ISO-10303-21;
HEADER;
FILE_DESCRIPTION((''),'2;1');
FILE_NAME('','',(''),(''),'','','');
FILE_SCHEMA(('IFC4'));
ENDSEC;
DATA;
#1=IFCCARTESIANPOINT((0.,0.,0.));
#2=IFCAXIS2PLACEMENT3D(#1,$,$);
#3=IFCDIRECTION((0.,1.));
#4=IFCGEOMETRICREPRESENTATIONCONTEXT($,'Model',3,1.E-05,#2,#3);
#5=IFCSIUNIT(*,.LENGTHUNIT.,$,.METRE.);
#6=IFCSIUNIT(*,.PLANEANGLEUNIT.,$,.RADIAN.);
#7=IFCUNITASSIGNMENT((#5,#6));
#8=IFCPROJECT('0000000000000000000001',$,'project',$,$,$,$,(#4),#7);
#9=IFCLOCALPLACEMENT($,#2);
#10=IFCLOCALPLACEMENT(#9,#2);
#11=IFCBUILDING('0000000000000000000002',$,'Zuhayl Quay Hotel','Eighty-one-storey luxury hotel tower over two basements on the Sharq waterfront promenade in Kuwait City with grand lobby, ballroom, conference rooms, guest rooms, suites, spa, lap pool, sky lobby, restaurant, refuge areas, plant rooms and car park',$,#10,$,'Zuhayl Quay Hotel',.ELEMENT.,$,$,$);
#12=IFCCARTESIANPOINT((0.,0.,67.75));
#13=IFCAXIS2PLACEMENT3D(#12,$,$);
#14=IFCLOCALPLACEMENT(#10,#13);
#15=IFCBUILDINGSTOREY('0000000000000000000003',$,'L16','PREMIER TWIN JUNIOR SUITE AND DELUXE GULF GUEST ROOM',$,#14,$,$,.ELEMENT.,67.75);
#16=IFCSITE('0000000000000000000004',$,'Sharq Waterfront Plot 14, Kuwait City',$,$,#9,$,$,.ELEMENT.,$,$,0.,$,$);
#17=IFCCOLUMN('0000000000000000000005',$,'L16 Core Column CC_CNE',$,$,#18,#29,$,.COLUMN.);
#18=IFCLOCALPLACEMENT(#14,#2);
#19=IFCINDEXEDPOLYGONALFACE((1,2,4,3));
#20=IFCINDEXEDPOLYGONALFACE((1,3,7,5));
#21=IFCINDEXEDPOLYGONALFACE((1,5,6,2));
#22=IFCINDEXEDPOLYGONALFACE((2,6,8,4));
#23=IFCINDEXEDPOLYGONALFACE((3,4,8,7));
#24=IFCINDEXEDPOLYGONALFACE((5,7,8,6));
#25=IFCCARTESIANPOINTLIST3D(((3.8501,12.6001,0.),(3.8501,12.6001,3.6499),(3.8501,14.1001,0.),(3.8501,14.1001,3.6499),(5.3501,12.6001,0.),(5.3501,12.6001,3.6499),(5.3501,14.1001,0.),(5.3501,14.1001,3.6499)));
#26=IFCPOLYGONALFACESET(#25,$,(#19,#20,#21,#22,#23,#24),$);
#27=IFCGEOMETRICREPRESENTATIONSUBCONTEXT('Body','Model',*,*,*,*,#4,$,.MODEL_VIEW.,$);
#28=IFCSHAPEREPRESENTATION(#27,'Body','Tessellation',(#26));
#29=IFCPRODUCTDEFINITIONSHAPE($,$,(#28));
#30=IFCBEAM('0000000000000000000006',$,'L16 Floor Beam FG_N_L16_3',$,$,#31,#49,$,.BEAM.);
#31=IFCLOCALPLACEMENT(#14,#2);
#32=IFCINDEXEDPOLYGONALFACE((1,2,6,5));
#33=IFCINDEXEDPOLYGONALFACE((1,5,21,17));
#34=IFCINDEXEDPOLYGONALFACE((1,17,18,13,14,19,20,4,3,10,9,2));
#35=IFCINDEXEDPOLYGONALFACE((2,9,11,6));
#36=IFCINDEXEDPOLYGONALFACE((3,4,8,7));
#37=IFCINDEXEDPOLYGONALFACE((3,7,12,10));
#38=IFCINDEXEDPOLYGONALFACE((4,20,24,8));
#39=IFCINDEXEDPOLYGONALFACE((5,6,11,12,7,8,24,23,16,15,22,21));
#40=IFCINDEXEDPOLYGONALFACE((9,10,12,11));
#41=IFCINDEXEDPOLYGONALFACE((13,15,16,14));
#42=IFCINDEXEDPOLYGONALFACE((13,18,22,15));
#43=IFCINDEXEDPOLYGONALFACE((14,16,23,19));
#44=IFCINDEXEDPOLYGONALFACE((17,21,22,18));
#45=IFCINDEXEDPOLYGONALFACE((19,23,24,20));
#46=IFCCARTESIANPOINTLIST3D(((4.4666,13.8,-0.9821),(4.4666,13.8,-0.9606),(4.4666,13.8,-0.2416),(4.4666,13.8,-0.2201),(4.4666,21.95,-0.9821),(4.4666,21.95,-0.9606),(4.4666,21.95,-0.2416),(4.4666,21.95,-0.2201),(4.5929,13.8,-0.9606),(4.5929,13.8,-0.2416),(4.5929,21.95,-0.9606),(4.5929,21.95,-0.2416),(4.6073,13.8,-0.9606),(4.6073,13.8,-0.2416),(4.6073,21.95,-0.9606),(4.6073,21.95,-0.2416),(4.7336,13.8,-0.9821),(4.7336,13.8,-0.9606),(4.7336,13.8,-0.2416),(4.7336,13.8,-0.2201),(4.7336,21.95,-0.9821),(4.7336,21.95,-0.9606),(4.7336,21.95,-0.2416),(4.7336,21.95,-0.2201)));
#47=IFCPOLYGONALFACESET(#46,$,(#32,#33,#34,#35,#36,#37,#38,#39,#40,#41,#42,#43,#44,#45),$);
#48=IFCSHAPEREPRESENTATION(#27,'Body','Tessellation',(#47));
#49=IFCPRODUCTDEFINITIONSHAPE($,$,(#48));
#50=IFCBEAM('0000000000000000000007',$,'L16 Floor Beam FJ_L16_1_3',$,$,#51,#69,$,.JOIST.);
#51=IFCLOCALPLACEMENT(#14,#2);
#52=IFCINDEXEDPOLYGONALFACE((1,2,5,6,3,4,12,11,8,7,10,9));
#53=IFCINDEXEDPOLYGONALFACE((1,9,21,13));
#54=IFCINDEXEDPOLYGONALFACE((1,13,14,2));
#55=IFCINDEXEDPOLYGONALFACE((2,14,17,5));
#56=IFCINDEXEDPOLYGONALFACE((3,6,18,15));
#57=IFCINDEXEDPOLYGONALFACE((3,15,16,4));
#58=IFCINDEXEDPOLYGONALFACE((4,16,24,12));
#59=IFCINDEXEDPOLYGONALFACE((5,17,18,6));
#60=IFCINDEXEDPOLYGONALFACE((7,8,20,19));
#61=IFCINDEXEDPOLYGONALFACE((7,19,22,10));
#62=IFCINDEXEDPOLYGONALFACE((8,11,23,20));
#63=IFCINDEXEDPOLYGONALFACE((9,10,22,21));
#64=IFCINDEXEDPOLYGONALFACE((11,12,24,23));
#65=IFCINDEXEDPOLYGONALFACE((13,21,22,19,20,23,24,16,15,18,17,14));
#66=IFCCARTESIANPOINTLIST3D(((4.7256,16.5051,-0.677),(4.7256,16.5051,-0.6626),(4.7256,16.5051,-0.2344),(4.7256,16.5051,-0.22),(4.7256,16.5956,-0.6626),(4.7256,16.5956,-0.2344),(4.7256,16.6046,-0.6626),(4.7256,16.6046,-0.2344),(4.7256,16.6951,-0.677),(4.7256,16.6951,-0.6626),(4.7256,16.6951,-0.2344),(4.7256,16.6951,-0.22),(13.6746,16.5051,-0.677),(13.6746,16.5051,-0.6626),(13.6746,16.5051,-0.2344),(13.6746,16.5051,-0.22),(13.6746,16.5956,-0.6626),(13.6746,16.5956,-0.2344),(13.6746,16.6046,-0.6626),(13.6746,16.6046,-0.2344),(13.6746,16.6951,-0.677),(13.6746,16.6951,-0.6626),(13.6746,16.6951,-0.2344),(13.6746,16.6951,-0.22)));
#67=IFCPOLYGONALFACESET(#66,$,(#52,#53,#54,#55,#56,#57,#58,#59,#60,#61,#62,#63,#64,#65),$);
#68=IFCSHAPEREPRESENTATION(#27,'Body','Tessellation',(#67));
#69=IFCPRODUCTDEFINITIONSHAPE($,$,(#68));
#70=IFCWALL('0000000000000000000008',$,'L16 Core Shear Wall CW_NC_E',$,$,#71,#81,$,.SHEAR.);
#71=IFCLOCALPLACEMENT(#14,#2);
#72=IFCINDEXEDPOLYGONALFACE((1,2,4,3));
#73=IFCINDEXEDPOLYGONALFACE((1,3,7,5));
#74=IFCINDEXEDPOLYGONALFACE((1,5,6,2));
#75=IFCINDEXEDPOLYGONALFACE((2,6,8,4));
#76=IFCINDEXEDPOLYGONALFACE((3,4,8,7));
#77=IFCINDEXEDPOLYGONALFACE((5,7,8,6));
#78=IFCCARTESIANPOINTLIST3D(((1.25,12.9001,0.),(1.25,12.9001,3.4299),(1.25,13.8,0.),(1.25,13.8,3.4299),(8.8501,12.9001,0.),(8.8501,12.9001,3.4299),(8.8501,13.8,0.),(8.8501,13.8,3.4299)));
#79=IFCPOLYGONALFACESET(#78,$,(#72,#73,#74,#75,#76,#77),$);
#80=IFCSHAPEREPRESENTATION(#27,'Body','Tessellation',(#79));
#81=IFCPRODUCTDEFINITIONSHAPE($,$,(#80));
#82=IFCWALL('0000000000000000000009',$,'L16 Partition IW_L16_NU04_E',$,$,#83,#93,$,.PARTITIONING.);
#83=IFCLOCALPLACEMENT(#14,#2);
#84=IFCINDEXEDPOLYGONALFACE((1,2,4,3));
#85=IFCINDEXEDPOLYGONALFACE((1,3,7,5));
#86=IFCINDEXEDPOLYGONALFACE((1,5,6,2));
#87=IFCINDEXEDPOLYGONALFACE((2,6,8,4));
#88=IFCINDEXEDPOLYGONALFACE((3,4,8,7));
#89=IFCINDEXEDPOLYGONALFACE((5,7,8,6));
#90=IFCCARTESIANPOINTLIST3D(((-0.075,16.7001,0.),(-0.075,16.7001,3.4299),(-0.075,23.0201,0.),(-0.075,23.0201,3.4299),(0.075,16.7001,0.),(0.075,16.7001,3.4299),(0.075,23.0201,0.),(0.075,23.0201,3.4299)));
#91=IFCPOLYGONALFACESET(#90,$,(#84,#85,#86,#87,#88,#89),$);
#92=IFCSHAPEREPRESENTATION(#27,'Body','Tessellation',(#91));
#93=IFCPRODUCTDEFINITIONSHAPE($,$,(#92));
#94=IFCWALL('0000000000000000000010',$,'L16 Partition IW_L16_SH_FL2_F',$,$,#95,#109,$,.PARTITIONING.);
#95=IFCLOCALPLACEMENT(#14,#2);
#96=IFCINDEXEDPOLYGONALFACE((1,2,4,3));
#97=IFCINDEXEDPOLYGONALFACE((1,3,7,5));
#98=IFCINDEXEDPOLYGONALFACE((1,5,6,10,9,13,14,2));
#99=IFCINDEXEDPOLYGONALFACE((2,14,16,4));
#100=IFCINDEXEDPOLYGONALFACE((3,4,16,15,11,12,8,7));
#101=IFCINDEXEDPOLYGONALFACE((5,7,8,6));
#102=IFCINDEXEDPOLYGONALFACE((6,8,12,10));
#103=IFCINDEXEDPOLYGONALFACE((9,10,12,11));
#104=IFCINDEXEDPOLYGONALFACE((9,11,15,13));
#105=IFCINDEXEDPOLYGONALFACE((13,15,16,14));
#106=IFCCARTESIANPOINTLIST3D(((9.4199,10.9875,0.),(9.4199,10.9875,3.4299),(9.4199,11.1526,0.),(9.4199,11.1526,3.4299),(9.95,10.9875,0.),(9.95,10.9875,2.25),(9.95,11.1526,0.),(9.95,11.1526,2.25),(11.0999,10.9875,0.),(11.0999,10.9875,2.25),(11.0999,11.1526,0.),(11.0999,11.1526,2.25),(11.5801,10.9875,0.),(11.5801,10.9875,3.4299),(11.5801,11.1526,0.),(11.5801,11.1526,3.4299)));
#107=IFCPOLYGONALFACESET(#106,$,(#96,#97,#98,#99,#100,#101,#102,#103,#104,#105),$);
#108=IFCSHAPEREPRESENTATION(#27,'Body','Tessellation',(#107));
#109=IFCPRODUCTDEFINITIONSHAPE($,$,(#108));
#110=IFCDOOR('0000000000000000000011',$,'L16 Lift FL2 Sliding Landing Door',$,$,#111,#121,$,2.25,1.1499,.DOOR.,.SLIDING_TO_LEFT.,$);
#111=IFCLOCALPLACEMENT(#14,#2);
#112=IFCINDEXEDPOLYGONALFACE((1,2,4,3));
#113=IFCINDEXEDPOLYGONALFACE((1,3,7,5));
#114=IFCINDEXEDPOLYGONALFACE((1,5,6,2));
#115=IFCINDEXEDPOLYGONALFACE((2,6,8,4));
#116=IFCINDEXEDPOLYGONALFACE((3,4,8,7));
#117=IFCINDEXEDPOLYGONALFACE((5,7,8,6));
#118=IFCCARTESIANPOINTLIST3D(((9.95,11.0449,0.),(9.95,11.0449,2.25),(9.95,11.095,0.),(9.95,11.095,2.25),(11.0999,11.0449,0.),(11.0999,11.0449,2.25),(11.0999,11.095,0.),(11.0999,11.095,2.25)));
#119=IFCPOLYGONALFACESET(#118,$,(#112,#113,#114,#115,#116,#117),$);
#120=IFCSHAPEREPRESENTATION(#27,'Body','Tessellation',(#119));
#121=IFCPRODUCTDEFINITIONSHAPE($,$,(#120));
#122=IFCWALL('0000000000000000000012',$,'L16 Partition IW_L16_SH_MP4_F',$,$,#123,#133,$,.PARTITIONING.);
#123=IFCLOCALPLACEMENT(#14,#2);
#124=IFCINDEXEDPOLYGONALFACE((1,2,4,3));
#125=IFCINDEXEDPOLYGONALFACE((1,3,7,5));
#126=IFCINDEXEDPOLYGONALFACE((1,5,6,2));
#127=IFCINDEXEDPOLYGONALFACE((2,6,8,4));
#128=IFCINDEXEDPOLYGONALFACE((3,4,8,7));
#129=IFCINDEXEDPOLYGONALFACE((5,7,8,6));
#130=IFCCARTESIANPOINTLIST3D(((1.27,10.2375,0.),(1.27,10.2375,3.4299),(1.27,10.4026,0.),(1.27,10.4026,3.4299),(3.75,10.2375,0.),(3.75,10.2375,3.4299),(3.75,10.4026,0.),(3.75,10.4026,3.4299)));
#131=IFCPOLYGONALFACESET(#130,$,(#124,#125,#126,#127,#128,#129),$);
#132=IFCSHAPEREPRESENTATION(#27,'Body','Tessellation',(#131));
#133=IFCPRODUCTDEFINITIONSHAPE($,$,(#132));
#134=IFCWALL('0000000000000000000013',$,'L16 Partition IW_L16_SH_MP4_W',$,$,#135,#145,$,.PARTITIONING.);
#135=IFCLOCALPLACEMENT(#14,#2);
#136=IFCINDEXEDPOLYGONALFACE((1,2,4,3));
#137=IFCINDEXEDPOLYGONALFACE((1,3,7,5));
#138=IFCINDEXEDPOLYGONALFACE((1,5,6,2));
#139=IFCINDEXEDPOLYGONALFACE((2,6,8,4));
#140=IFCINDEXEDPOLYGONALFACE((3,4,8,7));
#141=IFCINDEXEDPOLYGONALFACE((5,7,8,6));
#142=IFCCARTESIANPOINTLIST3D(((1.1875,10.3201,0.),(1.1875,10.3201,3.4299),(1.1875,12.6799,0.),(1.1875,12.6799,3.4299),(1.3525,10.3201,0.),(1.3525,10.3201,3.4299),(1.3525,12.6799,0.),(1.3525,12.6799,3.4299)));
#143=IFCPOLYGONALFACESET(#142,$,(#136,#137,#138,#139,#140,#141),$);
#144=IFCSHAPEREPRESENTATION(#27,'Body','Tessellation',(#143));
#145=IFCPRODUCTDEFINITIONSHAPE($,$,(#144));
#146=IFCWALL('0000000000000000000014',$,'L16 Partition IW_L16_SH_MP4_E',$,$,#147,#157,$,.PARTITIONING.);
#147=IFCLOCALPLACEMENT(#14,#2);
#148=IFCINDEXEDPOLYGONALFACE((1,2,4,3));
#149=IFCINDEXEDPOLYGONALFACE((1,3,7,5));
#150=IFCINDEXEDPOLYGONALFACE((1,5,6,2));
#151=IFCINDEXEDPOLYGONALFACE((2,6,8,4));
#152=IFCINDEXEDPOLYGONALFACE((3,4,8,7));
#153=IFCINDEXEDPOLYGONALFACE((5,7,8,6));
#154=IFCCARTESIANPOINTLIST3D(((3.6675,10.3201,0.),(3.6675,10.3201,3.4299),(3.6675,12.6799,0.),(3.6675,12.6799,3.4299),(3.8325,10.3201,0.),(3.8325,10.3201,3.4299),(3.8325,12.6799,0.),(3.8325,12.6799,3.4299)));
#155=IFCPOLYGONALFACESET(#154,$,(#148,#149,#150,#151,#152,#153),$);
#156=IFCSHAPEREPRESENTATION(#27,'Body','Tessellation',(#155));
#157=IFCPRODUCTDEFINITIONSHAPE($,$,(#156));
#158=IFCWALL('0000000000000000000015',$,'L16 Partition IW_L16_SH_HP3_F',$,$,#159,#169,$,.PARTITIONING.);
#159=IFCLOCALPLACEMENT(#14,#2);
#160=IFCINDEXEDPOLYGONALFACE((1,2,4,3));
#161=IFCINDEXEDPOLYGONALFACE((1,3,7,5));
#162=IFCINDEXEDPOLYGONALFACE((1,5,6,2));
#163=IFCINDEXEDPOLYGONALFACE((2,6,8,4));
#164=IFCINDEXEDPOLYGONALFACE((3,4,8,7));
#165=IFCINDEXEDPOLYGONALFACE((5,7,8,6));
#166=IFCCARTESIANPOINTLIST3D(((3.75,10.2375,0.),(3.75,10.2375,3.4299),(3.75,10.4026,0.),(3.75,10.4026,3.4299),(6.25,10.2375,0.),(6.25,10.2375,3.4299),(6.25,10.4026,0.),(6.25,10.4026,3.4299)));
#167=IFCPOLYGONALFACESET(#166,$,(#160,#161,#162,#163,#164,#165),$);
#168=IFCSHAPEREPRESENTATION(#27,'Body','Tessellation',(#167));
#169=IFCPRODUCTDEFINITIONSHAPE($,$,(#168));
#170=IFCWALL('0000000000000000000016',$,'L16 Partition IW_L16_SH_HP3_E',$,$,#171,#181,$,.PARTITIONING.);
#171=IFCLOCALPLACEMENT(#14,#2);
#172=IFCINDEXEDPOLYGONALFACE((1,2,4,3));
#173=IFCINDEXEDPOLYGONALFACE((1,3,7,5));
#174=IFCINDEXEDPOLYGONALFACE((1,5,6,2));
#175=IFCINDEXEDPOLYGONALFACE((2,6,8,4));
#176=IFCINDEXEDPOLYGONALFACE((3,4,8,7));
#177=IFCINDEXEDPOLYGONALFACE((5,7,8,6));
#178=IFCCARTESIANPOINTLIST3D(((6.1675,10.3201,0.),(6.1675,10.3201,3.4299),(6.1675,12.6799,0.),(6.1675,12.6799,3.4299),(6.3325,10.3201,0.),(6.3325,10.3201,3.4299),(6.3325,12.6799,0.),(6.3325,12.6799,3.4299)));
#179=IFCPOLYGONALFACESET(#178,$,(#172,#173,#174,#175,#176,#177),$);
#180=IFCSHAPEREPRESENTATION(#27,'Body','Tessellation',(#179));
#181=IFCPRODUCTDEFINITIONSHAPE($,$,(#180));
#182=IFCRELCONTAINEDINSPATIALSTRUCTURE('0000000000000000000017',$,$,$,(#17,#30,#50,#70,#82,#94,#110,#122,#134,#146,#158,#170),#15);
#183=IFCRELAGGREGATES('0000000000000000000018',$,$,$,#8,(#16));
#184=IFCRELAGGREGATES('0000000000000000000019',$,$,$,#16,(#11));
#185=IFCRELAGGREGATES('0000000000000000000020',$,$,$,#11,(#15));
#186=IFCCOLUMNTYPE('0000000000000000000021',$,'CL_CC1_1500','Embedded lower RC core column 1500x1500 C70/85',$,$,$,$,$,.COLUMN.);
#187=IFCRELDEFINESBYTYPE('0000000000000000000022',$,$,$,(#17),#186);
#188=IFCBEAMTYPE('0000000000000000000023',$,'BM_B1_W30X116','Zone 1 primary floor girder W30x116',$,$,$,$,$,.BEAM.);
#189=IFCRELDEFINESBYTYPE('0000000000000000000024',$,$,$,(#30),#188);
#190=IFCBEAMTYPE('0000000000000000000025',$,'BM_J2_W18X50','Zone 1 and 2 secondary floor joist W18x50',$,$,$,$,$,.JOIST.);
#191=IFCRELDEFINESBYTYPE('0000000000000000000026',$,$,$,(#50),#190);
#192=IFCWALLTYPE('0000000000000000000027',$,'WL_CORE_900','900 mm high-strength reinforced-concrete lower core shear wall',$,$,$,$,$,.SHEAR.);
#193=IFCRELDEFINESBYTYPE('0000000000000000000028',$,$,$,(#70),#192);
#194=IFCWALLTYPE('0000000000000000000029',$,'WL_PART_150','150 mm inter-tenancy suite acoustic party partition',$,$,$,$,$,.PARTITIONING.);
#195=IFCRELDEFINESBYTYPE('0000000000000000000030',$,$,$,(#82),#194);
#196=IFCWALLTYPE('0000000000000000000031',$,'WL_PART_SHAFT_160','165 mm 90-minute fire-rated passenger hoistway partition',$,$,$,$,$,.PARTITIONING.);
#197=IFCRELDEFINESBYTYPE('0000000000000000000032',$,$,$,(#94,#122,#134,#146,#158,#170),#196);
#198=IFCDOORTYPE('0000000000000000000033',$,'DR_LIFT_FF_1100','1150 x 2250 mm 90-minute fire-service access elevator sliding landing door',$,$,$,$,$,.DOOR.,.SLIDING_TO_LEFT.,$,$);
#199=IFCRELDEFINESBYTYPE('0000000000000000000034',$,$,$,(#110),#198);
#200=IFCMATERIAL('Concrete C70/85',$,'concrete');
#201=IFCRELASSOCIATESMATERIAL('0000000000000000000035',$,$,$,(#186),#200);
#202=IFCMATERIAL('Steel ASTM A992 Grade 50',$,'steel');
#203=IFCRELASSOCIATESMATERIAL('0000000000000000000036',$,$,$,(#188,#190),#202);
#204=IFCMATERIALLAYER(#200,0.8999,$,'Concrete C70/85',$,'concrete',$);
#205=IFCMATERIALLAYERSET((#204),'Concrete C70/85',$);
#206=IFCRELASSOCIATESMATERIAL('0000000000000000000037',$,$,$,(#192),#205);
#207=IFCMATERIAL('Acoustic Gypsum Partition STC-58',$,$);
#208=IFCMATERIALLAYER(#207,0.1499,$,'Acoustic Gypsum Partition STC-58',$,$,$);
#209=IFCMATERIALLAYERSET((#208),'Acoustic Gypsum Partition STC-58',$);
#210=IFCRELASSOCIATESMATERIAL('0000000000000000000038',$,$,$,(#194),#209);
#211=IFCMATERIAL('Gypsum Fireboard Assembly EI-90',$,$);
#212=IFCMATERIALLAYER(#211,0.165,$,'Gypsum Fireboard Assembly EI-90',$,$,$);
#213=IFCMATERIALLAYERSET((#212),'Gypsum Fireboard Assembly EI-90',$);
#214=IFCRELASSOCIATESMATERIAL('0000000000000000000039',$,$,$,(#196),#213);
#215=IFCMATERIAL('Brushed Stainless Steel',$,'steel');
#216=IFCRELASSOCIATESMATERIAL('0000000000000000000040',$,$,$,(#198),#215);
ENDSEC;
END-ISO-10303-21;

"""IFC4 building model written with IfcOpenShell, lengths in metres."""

from ifc_helpers import new_model, si_unit, direction, frame, frame_2d, origin, origin_2d, place, context, subcontext, project, spatial, rectangle, i_section, extrude, material, layer, layer_set, material_profile, profile_set, type_object, element, fill, save


model = new_model("IFC4")

# Units and contexts
model_context = context("Model", 3, precision=1e-05, world=origin(), true_north=direction((0.0, 1.0)))
body_context = subcontext(model_context, "Body", "Model", "MODEL_VIEW")
ifc_project = project(units=[si_unit("LENGTHUNIT", "METRE"), si_unit("PLANEANGLEUNIT", "RADIAN")], contexts=[model_context])

# Site, building, storey
site_placement = place(None, origin())
site = spatial("IfcSite", under=ifc_project, at=site_placement, Name="Sharq Waterfront Plot 14, Kuwait City", CompositionType="ELEMENT", RefElevation=0.0)
building_placement = place(site_placement, origin())
building = spatial("IfcBuilding", under=site, at=building_placement, Name="Zuhayl Quay Hotel", Description="Eighty-one-storey luxury hotel tower over two basements on the Sharq waterfront promenade in Kuwait City with grand lobby, ballroom, conference rooms, guest rooms, suites, spa, lap pool, sky lobby, restaurant, refuge areas, plant rooms and car park", LongName="Zuhayl Quay Hotel", CompositionType="ELEMENT")
storey_placement = place(building_placement, frame((0.0, 0.0, 67.75)))
storey = spatial("IfcBuildingStorey", under=building, at=storey_placement, Name="L16", Description="PREMIER TWIN JUNIOR SUITE AND DELUXE GULF GUEST ROOM", CompositionType="ELEMENT", Elevation=67.75)

# Column
ifc_material_1 = material(Name="Concrete C70/85", Category="concrete")
ifc_material_profile_1 = material_profile(ifc_material_1, rectangle(XDim=1.5, YDim=1.5, at=origin_2d()), Name="RC1500X1500")
ifc_profile_set_1 = profile_set([ifc_material_profile_1], Name="Concrete C70/85")
column_type = type_object("IfcColumnType", Name="CL_CC1_1500", Description="Embedded lower RC core column 1500x1500 C70/85", PredefinedType="COLUMN", material=ifc_profile_set_1)
column_placement = place(storey_placement, frame((4.6001, 13.3501, 0.0), z_axis=(0.0, 0.0, 1.0), x_axis=(1.0, 0.0, 0.0)))
element("IfcColumn", 1, at=column_placement, inside=storey, type_object=column_type, Name="L16 Core Column CC_CNE", PredefinedType="COLUMN", context=body_context, shape_type="SweptSolid", body=[
    extrude(rectangle(XDim=1.5, YDim=1.5, at=origin_2d()), origin(), (0.0, 0.0, 1.0), 3.6499),
])

# Beams
ifc_material_2 = material(Name="Steel ASTM A992 Grade 50", Category="steel")
ifc_material_profile_2 = material_profile(ifc_material_2, i_section(OverallWidth=0.2671, OverallDepth=0.762, WebThickness=0.0144, FlangeThickness=0.0215, at=origin_2d()), Name="W30X116")
ifc_profile_set_2 = profile_set([ifc_material_profile_2], Name="Steel ASTM A992 Grade 50")
beam_type_1 = type_object("IfcBeamType", Name="BM_B1_W30X116", Description="Zone 1 primary floor girder W30x116", PredefinedType="BEAM", material=ifc_profile_set_2)
beam_1_placement = place(storey_placement, frame((4.6001, 13.8, -0.6011), z_axis=(0.0, 1.0, 0.0), x_axis=(-1.0, 0.0, 0.0)))
element("IfcBeam", 2, at=beam_1_placement, inside=storey, type_object=beam_type_1, Name="L16 Floor Beam FG_N_L16_3", PredefinedType="BEAM", context=body_context, shape_type="SweptSolid", body=[
    extrude(i_section(OverallWidth=0.2671, OverallDepth=0.762, WebThickness=0.0144, FlangeThickness=0.0215, at=origin_2d()), origin(), (0.0, 0.0, 1.0), 8.1499),
])
ifc_material_profile_3 = material_profile(ifc_material_2, i_section(OverallWidth=0.1899, OverallDepth=0.457, WebThickness=0.009, FlangeThickness=0.0144, at=origin_2d()), Name="W18X50")
ifc_profile_set_3 = profile_set([ifc_material_profile_3], Name="Steel ASTM A992 Grade 50")
beam_type_2 = type_object("IfcBeamType", Name="BM_J2_W18X50", Description="Zone 1 and 2 secondary floor joist W18x50", PredefinedType="JOIST", material=ifc_profile_set_3)
beam_2_placement = place(storey_placement, frame((4.7256, 16.6001, -0.4485), z_axis=(1.0, 0.0, 0.0), x_axis=(0.0, 1.0, 0.0)))
element("IfcBeam", 3, at=beam_2_placement, inside=storey, type_object=beam_type_2, Name="L16 Floor Beam FJ_L16_1_3", PredefinedType="JOIST", context=body_context, shape_type="SweptSolid", body=[
    extrude(i_section(OverallWidth=0.1899, OverallDepth=0.457, WebThickness=0.009, FlangeThickness=0.0144, at=origin_2d()), origin(), (0.0, 0.0, 1.0), 8.949),
])

# Wall
ifc_layer_1 = layer(ifc_material_1, 0.8999, Name="Concrete C70/85", Category="concrete")
ifc_layer_set_1 = layer_set([ifc_layer_1], Name="Concrete C70/85")
wall_type_1 = type_object("IfcWallType", Name="WL_CORE_900", Description="900 mm high-strength reinforced-concrete lower core shear wall", PredefinedType="SHEAR", material=ifc_layer_set_1)
wall_1_placement = place(storey_placement, frame((1.25, 13.3501, 0.0), z_axis=(0.0, 0.0, 1.0), x_axis=(1.0, 0.0, 0.0)))
element("IfcWall", 4, at=wall_1_placement, inside=storey, type_object=wall_type_1, Name="L16 Core Shear Wall CW_NC_E", PredefinedType="SHEAR", context=body_context, shape_type="SweptSolid", body=[
    extrude(rectangle(XDim=7.6001, YDim=0.8999, at=frame_2d((3.8, 0.0))), origin(), (0.0, 0.0, 1.0), 3.4299),
])

# Shared definitions
ifc_material_3 = material(Name="Acoustic Gypsum Partition STC-58")
ifc_layer_2 = layer(ifc_material_3, 0.1499, Name="Acoustic Gypsum Partition STC-58")
ifc_layer_set_2 = layer_set([ifc_layer_2], Name="Acoustic Gypsum Partition STC-58")
wall_type_2 = type_object("IfcWallType", Name="WL_PART_150", Description="150 mm inter-tenancy suite acoustic party partition", PredefinedType="PARTITIONING", material=ifc_layer_set_2)

# Wall
wall_2_placement = place(storey_placement, frame((0.0, 16.7, 0.0), z_axis=(0.0, 0.0, 1.0), x_axis=(0.0, 1.0, 0.0)))
element("IfcWall", 5, at=wall_2_placement, inside=storey, type_object=wall_type_2, Name="L16 Partition IW_L16_NU04_E", PredefinedType="PARTITIONING", context=body_context, shape_type="SweptSolid", body=[
    extrude(rectangle(XDim=6.3201, YDim=0.1499, at=frame_2d((3.1602, 0.0))), origin(), (0.0, 0.0, 1.0), 3.4299),
])

# Wall, opening, door
ifc_material_4 = material(Name="Gypsum Fireboard Assembly EI-90")
ifc_layer_3 = layer(ifc_material_4, 0.165, Name="Gypsum Fireboard Assembly EI-90")
ifc_layer_set_3 = layer_set([ifc_layer_3], Name="Gypsum Fireboard Assembly EI-90")
wall_type_3 = type_object("IfcWallType", Name="WL_PART_SHAFT_160", Description="165 mm 90-minute fire-rated passenger hoistway partition", PredefinedType="PARTITIONING", material=ifc_layer_set_3)
wall_3_placement = place(storey_placement, frame((9.4199, 11.0701, 0.0), z_axis=(0.0, 0.0, 1.0), x_axis=(1.0, 0.0, 0.0)))
wall_3 = element("IfcWall", 6, at=wall_3_placement, inside=storey, type_object=wall_type_3, Name="L16 Partition IW_L16_SH_FL2_F", PredefinedType="PARTITIONING", context=body_context, shape_type="SweptSolid", body=[
    extrude(rectangle(XDim=2.1602, YDim=0.165, at=frame_2d((1.0801, 0.0))), origin(), (0.0, 0.0, 1.0), 3.4299),
])
opening_1_placement = place(wall_3_placement, frame((0.53, 0.0, 0.0)))
opening_1 = element("IfcOpeningElement", 7, at=opening_1_placement, cuts=wall_3, PredefinedType="OPENING", context=body_context, shape_type="SweptSolid", body=[
    extrude(rectangle(XDim=1.1499, YDim=2.25, at=frame_2d((0.575, 1.125))), frame((0.0, 0.0925, 0.0), z_axis=(0.0, -1.0, 0.0), x_axis=(1.0, 0.0, 0.0)), (0.0, 0.0, 1.0), 0.1851),
])
ifc_material_5 = material(Name="Brushed Stainless Steel", Category="steel")
door_type_1 = type_object("IfcDoorType", Name="DR_LIFT_FF_1100", Description="1150 x 2250 mm 90-minute fire-service access elevator sliding landing door", OperationType="SLIDING_TO_LEFT", PredefinedType="DOOR", material=ifc_material_5)
door_1_placement = place(opening_1_placement, origin())
door_1 = element("IfcDoor", 8, at=door_1_placement, inside=storey, type_object=door_type_1, Name="L16 Lift FL2 Sliding Landing Door", OperationType="SLIDING_TO_LEFT", OverallHeight=2.25, OverallWidth=1.1499, PredefinedType="DOOR", context=body_context, shape_type="SweptSolid", body=[
    extrude(rectangle(XDim=1.1499, YDim=2.25, at=frame_2d((0.575, 1.125))), frame((0.0, 0.0249, 0.0), z_axis=(0.0, -1.0, 0.0), x_axis=(1.0, 0.0, 0.0)), (0.0, 0.0, 1.0), 0.05),
])
fill(opening_1, door_1)

# Walls
wall_4_placement = place(storey_placement, frame((1.27, 10.3201, 0.0), z_axis=(0.0, 0.0, 1.0), x_axis=(1.0, 0.0, 0.0)))
element("IfcWall", 9, at=wall_4_placement, inside=storey, type_object=wall_type_3, Name="L16 Partition IW_L16_SH_MP4_F", PredefinedType="PARTITIONING", context=body_context, shape_type="SweptSolid", body=[
    extrude(rectangle(XDim=2.48, YDim=0.165, at=frame_2d((1.24, 0.0))), origin(), (0.0, 0.0, 1.0), 3.4299),
])
for number, where, z_axis, x_axis, name in (
    (10, (1.27, 10.3201, 0.0), (0.0, 0.0, 1.0), (0.0, 1.0, 0.0), "L16 Partition IW_L16_SH_MP4_W"),
    (11, (3.75, 10.3201, 0.0), (0.0, 0.0, 1.0), (0.0, 1.0, 0.0), "L16 Partition IW_L16_SH_MP4_E"),
):
    element("IfcWall", number, at=place(storey_placement, frame(where, z_axis=z_axis, x_axis=x_axis)), inside=storey, type_object=wall_type_3, Name=name, PredefinedType="PARTITIONING", context=body_context, shape_type="SweptSolid", body=[
        extrude(rectangle(XDim=2.3599, YDim=0.165, at=frame_2d((1.1799, 0.0))), origin(), (0.0, 0.0, 1.0), 3.4299),
    ])
wall_5_placement = place(storey_placement, frame((3.75, 10.3201, 0.0), z_axis=(0.0, 0.0, 1.0), x_axis=(1.0, 0.0, 0.0)))
element("IfcWall", 12, at=wall_5_placement, inside=storey, type_object=wall_type_3, Name="L16 Partition IW_L16_SH_HP3_F", PredefinedType="PARTITIONING", context=body_context, shape_type="SweptSolid", body=[
    extrude(rectangle(XDim=2.5, YDim=0.165, at=frame_2d((1.25, 0.0))), origin(), (0.0, 0.0, 1.0), 3.4299),
])
wall_6_placement = place(storey_placement, frame((6.25, 10.3201, 0.0), z_axis=(0.0, 0.0, 1.0), x_axis=(0.0, 1.0, 0.0)))
element("IfcWall", 13, at=wall_6_placement, inside=storey, type_object=wall_type_3, Name="L16 Partition IW_L16_SH_HP3_E", PredefinedType="PARTITIONING", context=body_context, shape_type="SweptSolid", body=[
    extrude(rectangle(XDim=2.3599, YDim=0.165, at=frame_2d((1.1799, 0.0))), origin(), (0.0, 0.0, 1.0), 3.4299),
])

save(model, "model.ifc")
